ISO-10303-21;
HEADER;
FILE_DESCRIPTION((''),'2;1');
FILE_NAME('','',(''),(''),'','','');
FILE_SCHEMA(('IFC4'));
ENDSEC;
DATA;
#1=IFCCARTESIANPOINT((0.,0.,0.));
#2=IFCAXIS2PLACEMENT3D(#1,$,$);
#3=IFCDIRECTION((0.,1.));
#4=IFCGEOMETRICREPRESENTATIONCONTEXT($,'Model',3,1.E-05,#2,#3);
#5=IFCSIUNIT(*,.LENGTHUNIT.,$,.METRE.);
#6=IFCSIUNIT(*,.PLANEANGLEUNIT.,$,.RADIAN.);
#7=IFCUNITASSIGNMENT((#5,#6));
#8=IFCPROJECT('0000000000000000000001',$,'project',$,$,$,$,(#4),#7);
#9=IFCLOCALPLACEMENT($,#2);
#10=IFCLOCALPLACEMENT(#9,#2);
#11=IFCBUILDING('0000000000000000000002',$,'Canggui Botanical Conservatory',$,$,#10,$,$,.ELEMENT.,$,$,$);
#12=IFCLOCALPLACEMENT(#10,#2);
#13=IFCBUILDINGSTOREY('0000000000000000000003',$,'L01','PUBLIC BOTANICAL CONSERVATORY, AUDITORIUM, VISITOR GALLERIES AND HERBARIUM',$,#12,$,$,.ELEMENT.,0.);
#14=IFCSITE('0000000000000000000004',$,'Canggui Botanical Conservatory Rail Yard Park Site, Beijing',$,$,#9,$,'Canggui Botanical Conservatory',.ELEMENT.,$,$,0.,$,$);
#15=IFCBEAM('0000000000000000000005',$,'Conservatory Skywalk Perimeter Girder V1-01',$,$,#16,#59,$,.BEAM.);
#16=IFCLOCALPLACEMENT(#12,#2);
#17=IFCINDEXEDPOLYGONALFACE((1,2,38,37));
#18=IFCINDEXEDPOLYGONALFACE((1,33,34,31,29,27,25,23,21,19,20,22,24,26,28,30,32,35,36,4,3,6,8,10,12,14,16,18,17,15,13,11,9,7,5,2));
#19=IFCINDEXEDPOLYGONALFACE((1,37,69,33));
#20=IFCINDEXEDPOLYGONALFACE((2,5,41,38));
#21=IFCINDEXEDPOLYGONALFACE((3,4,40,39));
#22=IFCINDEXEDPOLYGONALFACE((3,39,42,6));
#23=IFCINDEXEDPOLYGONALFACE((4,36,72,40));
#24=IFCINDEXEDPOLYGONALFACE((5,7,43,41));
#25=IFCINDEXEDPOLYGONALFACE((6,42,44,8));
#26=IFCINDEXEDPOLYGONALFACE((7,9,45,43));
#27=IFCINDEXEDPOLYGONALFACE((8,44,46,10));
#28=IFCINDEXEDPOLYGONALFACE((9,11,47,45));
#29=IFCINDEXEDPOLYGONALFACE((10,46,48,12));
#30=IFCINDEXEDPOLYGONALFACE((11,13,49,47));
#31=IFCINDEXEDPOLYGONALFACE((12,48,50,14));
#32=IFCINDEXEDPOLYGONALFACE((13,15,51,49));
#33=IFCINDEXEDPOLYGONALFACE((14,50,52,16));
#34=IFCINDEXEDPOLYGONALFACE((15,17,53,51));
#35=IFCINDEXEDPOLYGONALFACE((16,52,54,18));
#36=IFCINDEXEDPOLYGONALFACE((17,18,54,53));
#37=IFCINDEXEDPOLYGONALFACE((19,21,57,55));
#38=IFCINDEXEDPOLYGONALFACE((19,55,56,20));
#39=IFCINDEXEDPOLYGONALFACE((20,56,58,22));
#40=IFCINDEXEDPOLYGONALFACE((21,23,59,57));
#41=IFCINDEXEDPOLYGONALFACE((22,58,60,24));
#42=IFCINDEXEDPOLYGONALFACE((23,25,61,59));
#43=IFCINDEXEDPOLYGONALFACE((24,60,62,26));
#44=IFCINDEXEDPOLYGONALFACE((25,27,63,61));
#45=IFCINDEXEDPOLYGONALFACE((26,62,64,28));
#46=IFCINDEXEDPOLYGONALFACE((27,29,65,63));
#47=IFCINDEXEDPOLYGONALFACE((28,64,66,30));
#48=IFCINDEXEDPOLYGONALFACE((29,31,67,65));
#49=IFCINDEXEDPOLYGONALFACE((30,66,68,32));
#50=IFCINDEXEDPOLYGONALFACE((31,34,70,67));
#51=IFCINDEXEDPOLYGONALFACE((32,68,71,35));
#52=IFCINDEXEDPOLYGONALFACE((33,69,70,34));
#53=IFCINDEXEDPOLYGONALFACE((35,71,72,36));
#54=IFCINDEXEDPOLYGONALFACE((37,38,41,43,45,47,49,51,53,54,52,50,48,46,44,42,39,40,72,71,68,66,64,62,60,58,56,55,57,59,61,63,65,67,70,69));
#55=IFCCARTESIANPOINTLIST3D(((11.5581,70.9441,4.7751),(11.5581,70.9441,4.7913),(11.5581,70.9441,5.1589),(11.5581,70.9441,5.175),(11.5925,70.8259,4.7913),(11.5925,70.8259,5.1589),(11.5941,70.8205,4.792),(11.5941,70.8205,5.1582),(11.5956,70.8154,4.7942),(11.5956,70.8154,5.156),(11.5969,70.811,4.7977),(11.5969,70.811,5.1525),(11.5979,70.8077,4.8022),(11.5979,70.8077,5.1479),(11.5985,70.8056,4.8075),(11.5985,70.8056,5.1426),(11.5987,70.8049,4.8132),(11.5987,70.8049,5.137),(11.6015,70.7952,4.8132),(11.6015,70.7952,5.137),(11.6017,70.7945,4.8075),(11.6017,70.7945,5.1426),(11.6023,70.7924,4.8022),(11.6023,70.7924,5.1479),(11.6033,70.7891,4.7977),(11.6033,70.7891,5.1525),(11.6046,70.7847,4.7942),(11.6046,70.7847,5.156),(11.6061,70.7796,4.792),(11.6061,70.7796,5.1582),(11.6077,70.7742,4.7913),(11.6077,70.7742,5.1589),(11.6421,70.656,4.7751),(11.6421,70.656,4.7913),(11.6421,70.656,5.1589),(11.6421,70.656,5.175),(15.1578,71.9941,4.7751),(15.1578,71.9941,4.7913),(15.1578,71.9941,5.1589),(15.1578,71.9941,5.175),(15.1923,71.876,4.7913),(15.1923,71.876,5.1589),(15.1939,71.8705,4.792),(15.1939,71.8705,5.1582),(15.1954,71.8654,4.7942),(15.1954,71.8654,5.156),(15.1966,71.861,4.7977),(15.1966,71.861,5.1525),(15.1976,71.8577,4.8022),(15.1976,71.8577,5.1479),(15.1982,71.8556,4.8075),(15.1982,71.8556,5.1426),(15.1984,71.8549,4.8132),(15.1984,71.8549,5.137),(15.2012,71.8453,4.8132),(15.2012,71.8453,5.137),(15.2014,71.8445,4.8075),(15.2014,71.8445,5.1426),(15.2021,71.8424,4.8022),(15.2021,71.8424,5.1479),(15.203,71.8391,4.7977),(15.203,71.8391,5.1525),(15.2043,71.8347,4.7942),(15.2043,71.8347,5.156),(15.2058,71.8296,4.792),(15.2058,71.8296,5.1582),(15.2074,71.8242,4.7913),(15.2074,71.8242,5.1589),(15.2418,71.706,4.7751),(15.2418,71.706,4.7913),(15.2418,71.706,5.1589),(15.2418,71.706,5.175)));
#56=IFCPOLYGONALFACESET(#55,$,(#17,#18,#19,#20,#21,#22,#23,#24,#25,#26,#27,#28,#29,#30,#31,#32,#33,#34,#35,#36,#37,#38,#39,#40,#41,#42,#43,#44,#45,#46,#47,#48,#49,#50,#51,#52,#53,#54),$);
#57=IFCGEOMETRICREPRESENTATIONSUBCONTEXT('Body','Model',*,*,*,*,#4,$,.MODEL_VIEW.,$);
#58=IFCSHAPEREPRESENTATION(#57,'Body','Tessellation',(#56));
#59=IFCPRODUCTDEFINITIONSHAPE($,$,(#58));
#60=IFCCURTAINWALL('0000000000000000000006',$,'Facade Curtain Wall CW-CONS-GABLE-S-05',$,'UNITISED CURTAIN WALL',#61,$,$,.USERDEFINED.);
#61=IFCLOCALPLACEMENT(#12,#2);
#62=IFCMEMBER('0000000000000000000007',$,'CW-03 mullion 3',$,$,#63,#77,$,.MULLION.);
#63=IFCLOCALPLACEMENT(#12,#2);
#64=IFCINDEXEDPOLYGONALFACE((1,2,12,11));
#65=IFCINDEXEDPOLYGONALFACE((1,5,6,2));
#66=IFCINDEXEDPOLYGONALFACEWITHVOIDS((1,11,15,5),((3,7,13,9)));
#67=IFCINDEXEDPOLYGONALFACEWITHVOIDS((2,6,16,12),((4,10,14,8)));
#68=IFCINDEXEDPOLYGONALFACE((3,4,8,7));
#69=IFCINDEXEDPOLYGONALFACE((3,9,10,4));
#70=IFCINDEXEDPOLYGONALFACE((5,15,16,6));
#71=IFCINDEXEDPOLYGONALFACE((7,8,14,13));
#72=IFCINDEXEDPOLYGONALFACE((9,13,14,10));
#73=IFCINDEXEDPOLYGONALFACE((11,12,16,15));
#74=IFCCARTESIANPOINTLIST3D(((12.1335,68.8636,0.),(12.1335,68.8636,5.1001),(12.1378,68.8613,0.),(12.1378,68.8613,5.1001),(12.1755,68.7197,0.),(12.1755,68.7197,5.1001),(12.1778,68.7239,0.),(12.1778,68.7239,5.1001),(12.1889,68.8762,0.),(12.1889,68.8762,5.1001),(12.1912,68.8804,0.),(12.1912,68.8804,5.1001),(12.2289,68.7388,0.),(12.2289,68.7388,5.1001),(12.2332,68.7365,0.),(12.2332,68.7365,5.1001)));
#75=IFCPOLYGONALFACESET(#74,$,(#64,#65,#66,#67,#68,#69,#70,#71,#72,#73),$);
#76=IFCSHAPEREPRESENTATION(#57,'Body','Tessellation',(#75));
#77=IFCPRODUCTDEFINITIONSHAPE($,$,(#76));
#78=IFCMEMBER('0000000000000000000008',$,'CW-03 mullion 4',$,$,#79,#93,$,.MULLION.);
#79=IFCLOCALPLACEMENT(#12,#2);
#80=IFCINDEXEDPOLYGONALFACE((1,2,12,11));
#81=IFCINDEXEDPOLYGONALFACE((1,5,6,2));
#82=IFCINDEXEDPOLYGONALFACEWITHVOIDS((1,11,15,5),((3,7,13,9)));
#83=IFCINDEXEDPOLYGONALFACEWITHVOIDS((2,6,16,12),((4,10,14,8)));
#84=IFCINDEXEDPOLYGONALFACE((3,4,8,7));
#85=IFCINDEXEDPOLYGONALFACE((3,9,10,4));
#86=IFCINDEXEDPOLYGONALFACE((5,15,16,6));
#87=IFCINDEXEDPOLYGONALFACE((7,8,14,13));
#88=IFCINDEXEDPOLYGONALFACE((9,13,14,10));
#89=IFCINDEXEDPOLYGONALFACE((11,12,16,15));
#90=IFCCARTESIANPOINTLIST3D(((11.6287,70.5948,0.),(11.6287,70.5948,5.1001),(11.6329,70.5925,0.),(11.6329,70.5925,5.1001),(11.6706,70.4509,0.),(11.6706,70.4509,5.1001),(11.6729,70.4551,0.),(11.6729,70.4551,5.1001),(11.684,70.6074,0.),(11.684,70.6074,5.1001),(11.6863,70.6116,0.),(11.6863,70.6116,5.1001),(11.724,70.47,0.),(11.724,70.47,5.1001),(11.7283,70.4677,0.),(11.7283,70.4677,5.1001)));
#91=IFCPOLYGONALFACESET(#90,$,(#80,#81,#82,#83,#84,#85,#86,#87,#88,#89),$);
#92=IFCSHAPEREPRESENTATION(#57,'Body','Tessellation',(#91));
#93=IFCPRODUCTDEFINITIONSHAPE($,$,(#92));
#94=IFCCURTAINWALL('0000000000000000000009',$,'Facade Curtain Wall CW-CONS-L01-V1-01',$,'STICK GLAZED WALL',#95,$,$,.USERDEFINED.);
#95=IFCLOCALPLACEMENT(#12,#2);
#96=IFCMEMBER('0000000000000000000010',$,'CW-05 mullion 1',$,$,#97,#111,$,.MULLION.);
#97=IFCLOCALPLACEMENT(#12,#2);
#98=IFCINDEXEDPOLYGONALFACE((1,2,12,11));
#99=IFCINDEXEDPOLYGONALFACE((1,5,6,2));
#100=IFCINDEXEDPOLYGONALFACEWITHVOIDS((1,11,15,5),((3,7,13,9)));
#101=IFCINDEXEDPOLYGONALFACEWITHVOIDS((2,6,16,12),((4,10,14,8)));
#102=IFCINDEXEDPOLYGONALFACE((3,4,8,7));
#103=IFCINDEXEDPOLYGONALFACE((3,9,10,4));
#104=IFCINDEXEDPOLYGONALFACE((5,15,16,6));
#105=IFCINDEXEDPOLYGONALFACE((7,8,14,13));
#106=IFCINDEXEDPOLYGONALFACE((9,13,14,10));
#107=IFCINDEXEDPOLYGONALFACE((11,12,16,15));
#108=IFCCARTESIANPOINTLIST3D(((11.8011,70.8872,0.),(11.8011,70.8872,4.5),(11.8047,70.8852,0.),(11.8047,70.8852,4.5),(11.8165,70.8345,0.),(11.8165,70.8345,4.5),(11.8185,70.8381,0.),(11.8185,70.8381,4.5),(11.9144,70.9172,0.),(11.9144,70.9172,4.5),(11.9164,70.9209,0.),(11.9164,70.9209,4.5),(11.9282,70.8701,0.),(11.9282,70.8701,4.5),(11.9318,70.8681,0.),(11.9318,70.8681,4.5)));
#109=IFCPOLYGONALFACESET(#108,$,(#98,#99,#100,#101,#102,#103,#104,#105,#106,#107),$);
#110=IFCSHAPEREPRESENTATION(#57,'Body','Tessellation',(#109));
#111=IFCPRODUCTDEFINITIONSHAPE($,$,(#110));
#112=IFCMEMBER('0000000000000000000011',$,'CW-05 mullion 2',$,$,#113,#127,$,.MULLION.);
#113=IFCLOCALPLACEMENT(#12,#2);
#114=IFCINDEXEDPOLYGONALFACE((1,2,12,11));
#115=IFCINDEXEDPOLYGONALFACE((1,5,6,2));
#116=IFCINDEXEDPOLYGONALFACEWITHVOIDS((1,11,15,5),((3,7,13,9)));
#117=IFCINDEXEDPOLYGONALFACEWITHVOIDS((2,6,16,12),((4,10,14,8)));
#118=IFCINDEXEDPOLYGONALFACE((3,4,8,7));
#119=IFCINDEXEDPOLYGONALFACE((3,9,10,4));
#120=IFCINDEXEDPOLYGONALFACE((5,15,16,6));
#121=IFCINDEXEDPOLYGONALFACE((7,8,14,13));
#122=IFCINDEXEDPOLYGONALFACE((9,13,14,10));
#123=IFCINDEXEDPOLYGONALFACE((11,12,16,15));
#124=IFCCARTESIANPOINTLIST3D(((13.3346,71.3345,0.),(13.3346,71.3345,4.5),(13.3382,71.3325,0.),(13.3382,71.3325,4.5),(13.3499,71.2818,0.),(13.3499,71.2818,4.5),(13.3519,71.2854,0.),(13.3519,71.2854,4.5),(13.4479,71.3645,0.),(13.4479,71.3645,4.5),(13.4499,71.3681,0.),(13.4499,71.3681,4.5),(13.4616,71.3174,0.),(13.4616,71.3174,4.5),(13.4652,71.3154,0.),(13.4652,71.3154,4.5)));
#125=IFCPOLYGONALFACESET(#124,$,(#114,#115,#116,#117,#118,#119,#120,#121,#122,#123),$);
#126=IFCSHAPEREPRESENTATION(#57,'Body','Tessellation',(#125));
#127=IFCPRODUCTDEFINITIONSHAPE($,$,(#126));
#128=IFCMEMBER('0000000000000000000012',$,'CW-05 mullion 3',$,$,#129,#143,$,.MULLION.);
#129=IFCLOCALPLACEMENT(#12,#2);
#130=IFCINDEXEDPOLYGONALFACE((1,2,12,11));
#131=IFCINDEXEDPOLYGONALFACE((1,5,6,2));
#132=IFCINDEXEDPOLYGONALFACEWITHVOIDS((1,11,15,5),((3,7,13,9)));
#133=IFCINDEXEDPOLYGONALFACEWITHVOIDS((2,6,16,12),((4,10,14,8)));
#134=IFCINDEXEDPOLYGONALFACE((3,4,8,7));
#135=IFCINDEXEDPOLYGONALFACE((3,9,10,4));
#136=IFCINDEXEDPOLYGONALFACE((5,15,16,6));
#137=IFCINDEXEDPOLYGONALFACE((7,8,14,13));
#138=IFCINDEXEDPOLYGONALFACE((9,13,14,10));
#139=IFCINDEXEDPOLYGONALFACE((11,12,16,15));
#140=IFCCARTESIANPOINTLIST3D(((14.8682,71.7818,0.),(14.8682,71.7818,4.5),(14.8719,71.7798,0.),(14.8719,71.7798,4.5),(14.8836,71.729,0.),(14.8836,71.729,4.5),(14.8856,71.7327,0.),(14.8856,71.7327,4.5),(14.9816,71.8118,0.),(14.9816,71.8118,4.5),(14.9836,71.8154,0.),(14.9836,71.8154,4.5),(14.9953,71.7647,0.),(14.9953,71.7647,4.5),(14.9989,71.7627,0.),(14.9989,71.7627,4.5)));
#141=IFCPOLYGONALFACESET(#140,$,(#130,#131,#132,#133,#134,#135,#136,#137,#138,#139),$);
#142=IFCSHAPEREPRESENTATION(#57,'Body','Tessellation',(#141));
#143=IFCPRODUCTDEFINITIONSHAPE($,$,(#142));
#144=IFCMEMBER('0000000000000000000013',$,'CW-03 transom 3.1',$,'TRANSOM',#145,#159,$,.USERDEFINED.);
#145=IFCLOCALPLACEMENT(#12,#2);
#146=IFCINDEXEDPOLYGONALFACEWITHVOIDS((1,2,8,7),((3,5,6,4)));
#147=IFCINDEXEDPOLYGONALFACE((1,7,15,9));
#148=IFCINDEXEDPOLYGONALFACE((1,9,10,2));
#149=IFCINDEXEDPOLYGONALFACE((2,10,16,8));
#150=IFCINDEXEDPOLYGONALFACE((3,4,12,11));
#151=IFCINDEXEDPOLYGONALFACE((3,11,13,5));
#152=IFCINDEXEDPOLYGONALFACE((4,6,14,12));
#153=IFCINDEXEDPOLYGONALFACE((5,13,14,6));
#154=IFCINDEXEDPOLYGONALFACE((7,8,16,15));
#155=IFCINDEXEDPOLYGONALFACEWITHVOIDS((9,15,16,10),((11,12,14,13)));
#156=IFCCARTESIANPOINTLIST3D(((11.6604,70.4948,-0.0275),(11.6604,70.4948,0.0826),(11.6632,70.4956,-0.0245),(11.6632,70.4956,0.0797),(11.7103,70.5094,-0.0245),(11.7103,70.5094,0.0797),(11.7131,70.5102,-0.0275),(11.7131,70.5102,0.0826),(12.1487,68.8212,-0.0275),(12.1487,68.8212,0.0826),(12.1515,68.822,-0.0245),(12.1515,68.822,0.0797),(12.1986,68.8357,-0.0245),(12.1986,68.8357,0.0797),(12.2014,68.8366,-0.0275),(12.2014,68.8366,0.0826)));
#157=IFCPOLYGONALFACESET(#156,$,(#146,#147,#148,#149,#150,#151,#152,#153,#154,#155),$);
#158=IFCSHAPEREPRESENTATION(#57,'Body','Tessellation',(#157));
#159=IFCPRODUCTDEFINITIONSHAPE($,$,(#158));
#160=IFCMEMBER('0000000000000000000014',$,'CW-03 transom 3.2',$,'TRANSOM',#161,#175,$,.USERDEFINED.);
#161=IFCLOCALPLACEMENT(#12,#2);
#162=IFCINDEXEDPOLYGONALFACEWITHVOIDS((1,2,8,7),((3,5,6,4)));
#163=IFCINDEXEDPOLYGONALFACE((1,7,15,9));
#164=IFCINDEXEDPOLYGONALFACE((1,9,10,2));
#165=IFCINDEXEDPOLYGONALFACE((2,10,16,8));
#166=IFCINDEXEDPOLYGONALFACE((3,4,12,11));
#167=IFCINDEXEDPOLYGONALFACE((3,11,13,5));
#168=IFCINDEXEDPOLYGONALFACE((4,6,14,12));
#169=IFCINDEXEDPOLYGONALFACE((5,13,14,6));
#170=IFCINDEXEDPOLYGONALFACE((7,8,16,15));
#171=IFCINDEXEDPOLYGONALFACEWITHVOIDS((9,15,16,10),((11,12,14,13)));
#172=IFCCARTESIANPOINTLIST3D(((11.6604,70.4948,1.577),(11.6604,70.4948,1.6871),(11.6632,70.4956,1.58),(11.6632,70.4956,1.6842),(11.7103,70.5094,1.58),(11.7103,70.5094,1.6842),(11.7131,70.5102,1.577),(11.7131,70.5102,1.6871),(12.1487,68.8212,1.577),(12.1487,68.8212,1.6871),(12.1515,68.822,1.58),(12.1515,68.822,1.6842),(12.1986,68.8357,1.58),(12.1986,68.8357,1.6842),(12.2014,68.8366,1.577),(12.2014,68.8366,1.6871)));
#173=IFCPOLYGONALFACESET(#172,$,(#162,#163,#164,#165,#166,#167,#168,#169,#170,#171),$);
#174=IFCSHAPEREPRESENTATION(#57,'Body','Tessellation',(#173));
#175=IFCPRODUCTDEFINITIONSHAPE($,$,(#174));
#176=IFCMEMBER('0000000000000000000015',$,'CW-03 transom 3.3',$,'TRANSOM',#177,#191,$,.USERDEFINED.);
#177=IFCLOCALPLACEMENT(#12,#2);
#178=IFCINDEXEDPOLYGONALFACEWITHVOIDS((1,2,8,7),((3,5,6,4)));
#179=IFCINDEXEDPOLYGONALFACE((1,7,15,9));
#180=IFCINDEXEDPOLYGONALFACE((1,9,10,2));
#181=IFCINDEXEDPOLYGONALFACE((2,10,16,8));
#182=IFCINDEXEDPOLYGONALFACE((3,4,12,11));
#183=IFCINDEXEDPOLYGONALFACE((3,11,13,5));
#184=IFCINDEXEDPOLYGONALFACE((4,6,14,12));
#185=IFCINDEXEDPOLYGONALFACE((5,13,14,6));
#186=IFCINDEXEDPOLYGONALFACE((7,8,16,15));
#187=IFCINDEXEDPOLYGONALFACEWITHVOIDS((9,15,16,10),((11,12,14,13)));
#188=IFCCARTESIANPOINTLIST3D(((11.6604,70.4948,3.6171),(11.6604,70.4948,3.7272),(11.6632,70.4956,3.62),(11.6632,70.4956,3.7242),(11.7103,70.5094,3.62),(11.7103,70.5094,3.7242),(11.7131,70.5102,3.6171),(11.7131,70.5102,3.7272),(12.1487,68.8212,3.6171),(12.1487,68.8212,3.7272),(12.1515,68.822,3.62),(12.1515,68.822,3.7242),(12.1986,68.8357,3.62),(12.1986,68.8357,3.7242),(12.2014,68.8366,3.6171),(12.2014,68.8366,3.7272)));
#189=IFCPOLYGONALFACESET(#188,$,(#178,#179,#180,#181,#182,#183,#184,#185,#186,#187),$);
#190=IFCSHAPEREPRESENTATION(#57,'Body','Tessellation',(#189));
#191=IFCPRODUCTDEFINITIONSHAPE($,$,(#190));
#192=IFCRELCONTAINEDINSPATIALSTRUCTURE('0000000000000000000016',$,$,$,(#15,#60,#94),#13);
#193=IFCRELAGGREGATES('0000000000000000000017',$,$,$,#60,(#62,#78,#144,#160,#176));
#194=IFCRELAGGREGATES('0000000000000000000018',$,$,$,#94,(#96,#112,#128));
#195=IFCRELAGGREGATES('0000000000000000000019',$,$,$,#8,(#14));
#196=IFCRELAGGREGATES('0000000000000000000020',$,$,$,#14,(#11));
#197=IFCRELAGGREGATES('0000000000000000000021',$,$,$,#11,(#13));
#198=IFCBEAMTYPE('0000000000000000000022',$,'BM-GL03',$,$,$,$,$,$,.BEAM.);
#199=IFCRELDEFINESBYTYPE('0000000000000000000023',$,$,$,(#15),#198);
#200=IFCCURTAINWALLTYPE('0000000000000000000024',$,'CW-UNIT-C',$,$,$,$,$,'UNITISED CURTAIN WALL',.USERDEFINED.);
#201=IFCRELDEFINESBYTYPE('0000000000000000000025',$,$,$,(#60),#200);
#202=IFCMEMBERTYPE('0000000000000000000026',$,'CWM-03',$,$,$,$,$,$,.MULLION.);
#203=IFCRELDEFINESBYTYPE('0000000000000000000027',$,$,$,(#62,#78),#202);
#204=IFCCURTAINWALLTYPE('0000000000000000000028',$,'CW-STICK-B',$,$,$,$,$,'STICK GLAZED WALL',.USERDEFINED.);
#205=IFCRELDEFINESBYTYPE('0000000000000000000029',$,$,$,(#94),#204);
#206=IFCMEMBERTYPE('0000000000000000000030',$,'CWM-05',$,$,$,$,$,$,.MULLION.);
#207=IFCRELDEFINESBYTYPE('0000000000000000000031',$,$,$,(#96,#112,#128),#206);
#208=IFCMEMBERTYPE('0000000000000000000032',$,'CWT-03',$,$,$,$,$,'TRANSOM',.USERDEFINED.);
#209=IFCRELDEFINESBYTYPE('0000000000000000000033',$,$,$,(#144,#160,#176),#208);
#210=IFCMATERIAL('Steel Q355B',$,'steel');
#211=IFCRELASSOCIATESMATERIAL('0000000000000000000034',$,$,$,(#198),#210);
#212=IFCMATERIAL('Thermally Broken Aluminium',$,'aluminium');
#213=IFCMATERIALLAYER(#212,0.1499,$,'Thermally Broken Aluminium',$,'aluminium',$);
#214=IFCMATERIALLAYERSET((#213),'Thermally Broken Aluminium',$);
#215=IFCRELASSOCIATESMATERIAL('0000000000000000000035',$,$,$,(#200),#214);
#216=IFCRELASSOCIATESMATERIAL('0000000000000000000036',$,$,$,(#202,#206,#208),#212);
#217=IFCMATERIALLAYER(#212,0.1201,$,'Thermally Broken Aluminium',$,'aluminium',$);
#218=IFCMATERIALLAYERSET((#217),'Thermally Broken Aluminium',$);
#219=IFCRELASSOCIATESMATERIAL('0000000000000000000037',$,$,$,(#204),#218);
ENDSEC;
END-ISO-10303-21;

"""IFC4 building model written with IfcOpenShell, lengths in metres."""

from ifc_helpers import new_model, si_unit, direction, frame, origin, origin_2d, place, context, subcontext, project, spatial, hollow_rectangle, i_section, extrude, material, layer, layer_set, material_profile, profile_set, type_object, element, aggregate, save


model = new_model("IFC4")

# Units and contexts
model_context = context("Model", 3, precision=1e-05, world=origin(), true_north=direction((0.0, 1.0)))
body_context = subcontext(model_context, "Body", "Model", "MODEL_VIEW")
ifc_project = project(units=[si_unit("LENGTHUNIT", "METRE"), si_unit("PLANEANGLEUNIT", "RADIAN")], contexts=[model_context])

# Site, building, storey
site_placement = place(None, origin())
site = spatial("IfcSite", under=ifc_project, at=site_placement, Name="Canggui Botanical Conservatory Rail Yard Park Site, Beijing", LongName="Canggui Botanical Conservatory", CompositionType="ELEMENT", RefElevation=0.0)
building_placement = place(site_placement, origin())
building = spatial("IfcBuilding", under=site, at=building_placement, Name="Canggui Botanical Conservatory", CompositionType="ELEMENT")
storey_placement = place(building_placement, origin())
storey = spatial("IfcBuildingStorey", under=building, at=storey_placement, Name="L01", Description="PUBLIC BOTANICAL CONSERVATORY, AUDITORIUM, VISITOR GALLERIES AND HERBARIUM", CompositionType="ELEMENT", Elevation=0.0)

# Beam
ifc_material_1 = material(Name="Steel Q355B", Category="steel")
ifc_material_profile_1 = material_profile(ifc_material_1, i_section(OverallWidth=0.3, OverallDepth=0.3999, WebThickness=0.01, FlangeThickness=0.0161, FilletRadius=0.022, at=origin_2d()), Name="HM 400x300x10x16")
ifc_profile_set_1 = profile_set([ifc_material_profile_1], Name="Steel Q355B")
beam_type = type_object("IfcBeamType", Name="BM-GL03", PredefinedType="BEAM", material=ifc_profile_set_1)
beam_placement = place(storey_placement, frame((11.6001, 70.8, 4.9751), z_axis=(0.959993, 0.280023, 0.0), x_axis=(-0.280023, 0.959993, 0.0)))
element("IfcBeam", 1, at=beam_placement, inside=storey, type_object=beam_type, Name="Conservatory Skywalk Perimeter Girder V1-01", PredefinedType="BEAM", context=body_context, shape_type="SweptSolid", body=[
    extrude(i_section(OverallWidth=0.3, OverallDepth=0.3999, WebThickness=0.01, FlangeThickness=0.0161, FilletRadius=0.022, at=origin_2d()), origin(), (0.0, 0.0, 1.0), 3.7498),
])

# Curtain walls, members
ifc_material_2 = material(Name="Thermally Broken Aluminium", Category="aluminium")
ifc_layer_1 = layer(ifc_material_2, 0.1499, Name="Thermally Broken Aluminium", Category="aluminium")
ifc_layer_set_1 = layer_set([ifc_layer_1], Name="Thermally Broken Aluminium")
curtain_wall_type_1 = type_object("IfcCurtainWallType", Name="CW-UNIT-C", ElementType="UNITISED CURTAIN WALL", PredefinedType="USERDEFINED", material=ifc_layer_set_1)
curtain_wall_1_placement = place(storey_placement, origin())
curtain_wall_1 = element("IfcCurtainWall", 2, at=curtain_wall_1_placement, inside=storey, type_object=curtain_wall_type_1, Name="Facade Curtain Wall CW-CONS-GABLE-S-05", ObjectType="UNITISED CURTAIN WALL", PredefinedType="USERDEFINED")
ifc_material_profile_2 = material_profile(ifc_material_2, hollow_rectangle(XDim=0.0601, YDim=0.1499, WallThickness=0.0034, at=origin_2d()), Name="CWM 60x150x3.5")
ifc_profile_set_2 = profile_set([ifc_material_profile_2], Name="Thermally Broken Aluminium")
member_type_1 = type_object("IfcMemberType", Name="CWM-03", PredefinedType="MULLION", material=ifc_profile_set_2)
member_1_placement = place(storey_placement, frame((12.1833, 68.8, 0.0), z_axis=(0.0, 0.0, 1.0), x_axis=(-0.96, -0.28, 0.0)))
member_1 = element("IfcMember", 3, at=member_1_placement, type_object=member_type_1, Name="CW-03 mullion 3", PredefinedType="MULLION", context=body_context, shape_type="SweptSolid", body=[
    extrude(hollow_rectangle(XDim=0.0601, YDim=0.1499, WallThickness=0.0034, at=origin_2d()), origin(), (0.0, 0.0, 1.0), 5.1001),
])
member_2_placement = place(storey_placement, frame((11.6785, 70.5312, 0.0), z_axis=(0.0, 0.0, 1.0), x_axis=(-0.96, -0.28, 0.0)))
member_2 = element("IfcMember", 4, at=member_2_placement, type_object=member_type_1, Name="CW-03 mullion 4", PredefinedType="MULLION", context=body_context, shape_type="SweptSolid", body=[
    extrude(hollow_rectangle(XDim=0.0601, YDim=0.1499, WallThickness=0.0034, at=origin_2d()), origin(), (0.0, 0.0, 1.0), 5.1001),
])
ifc_layer_2 = layer(ifc_material_2, 0.1201, Name="Thermally Broken Aluminium", Category="aluminium")
ifc_layer_set_2 = layer_set([ifc_layer_2], Name="Thermally Broken Aluminium")
curtain_wall_type_2 = type_object("IfcCurtainWallType", Name="CW-STICK-B", ElementType="STICK GLAZED WALL", PredefinedType="USERDEFINED", material=ifc_layer_set_2)
curtain_wall_2_placement = place(storey_placement, origin())
curtain_wall_2 = element("IfcCurtainWall", 5, at=curtain_wall_2_placement, inside=storey, type_object=curtain_wall_type_2, Name="Facade Curtain Wall CW-CONS-L01-V1-01", ObjectType="STICK GLAZED WALL", PredefinedType="USERDEFINED")
ifc_material_profile_3 = material_profile(ifc_material_2, hollow_rectangle(XDim=0.0549, YDim=0.1201, WallThickness=0.0029, at=origin_2d()), Name="CWM 55x120x3")
ifc_profile_set_3 = profile_set([ifc_material_profile_3], Name="Thermally Broken Aluminium")
member_type_2 = type_object("IfcMemberType", Name="CWM-05", PredefinedType="MULLION", material=ifc_profile_set_3)
member_3_placement = place(storey_placement, frame((11.8665, 70.8777, 0.0), z_axis=(0.0, 0.0, 1.0), x_axis=(-0.28, 0.96, 0.0)))
member_3 = element("IfcMember", 6, at=member_3_placement, type_object=member_type_2, Name="CW-05 mullion 1", PredefinedType="MULLION", context=body_context, shape_type="SweptSolid", body=[
    extrude(hollow_rectangle(XDim=0.0549, YDim=0.1201, WallThickness=0.0029, at=origin_2d()), origin(), (0.0, 0.0, 1.0), 4.5),
])
member_4_placement = place(storey_placement, frame((13.3999, 71.325, 0.0), z_axis=(0.0, 0.0, 1.0), x_axis=(-0.28, 0.96, 0.0)))
member_4 = element("IfcMember", 7, at=member_4_placement, type_object=member_type_2, Name="CW-05 mullion 2", PredefinedType="MULLION", context=body_context, shape_type="SweptSolid", body=[
    extrude(hollow_rectangle(XDim=0.0549, YDim=0.1201, WallThickness=0.0029, at=origin_2d()), origin(), (0.0, 0.0, 1.0), 4.5),
])
member_5_placement = place(storey_placement, frame((14.9336, 71.7722, 0.0), z_axis=(0.0, 0.0, 1.0), x_axis=(-0.28, 0.96, 0.0)))
member_5 = element("IfcMember", 8, at=member_5_placement, type_object=member_type_2, Name="CW-05 mullion 3", PredefinedType="MULLION", context=body_context, shape_type="SweptSolid", body=[
    extrude(hollow_rectangle(XDim=0.0549, YDim=0.1201, WallThickness=0.0029, at=origin_2d()), origin(), (0.0, 0.0, 1.0), 4.5),
])

# Members
ifc_material_profile_4 = material_profile(ifc_material_2, hollow_rectangle(XDim=0.0549, YDim=0.1101, WallThickness=0.0029, at=origin_2d()), Name="CWT 55x110x3")
ifc_profile_set_4 = profile_set([ifc_material_profile_4], Name="Thermally Broken Aluminium")
member_type_3 = type_object("IfcMemberType", Name="CWT-03", ElementType="TRANSOM", PredefinedType="USERDEFINED", material=ifc_profile_set_4)
member_6_placement = place(storey_placement, frame((12.175, 68.8289, 0.0276), z_axis=(-0.280081, 0.959976, 0.0), x_axis=(-0.959976, -0.280081, 0.0)))
member_6 = element("IfcMember", 9, at=member_6_placement, type_object=member_type_3, Name="CW-03 transom 3.1", ObjectType="TRANSOM", PredefinedType="USERDEFINED", context=body_context, shape_type="SweptSolid", body=[
    extrude(hollow_rectangle(XDim=0.0549, YDim=0.1101, WallThickness=0.0029, at=origin_2d()), origin(), (0.0, 0.0, 1.0), 1.7434),
])
member_7_placement = place(storey_placement, frame((12.175, 68.8289, 1.6321), z_axis=(-0.280081, 0.959976, 0.0), x_axis=(-0.959976, -0.280081, 0.0)))
member_7 = element("IfcMember", 10, at=member_7_placement, type_object=member_type_3, Name="CW-03 transom 3.2", ObjectType="TRANSOM", PredefinedType="USERDEFINED", context=body_context, shape_type="SweptSolid", body=[
    extrude(hollow_rectangle(XDim=0.0549, YDim=0.1101, WallThickness=0.0029, at=origin_2d()), origin(), (0.0, 0.0, 1.0), 1.7434),
])
member_8_placement = place(storey_placement, frame((12.175, 68.8289, 3.6721), z_axis=(-0.280081, 0.959976, 0.0), x_axis=(-0.959976, -0.280081, 0.0)))
member_8 = element("IfcMember", 11, at=member_8_placement, type_object=member_type_3, Name="CW-03 transom 3.3", ObjectType="TRANSOM", PredefinedType="USERDEFINED", context=body_context, shape_type="SweptSolid", body=[
    extrude(hollow_rectangle(XDim=0.0549, YDim=0.1101, WallThickness=0.0029, at=origin_2d()), origin(), (0.0, 0.0, 1.0), 1.7434),
])

aggregate(curtain_wall_1, [member_1, member_2, member_6, member_7, member_8])
aggregate(curtain_wall_2, [member_3, member_4, member_5])

save(model, "model.ifc")
